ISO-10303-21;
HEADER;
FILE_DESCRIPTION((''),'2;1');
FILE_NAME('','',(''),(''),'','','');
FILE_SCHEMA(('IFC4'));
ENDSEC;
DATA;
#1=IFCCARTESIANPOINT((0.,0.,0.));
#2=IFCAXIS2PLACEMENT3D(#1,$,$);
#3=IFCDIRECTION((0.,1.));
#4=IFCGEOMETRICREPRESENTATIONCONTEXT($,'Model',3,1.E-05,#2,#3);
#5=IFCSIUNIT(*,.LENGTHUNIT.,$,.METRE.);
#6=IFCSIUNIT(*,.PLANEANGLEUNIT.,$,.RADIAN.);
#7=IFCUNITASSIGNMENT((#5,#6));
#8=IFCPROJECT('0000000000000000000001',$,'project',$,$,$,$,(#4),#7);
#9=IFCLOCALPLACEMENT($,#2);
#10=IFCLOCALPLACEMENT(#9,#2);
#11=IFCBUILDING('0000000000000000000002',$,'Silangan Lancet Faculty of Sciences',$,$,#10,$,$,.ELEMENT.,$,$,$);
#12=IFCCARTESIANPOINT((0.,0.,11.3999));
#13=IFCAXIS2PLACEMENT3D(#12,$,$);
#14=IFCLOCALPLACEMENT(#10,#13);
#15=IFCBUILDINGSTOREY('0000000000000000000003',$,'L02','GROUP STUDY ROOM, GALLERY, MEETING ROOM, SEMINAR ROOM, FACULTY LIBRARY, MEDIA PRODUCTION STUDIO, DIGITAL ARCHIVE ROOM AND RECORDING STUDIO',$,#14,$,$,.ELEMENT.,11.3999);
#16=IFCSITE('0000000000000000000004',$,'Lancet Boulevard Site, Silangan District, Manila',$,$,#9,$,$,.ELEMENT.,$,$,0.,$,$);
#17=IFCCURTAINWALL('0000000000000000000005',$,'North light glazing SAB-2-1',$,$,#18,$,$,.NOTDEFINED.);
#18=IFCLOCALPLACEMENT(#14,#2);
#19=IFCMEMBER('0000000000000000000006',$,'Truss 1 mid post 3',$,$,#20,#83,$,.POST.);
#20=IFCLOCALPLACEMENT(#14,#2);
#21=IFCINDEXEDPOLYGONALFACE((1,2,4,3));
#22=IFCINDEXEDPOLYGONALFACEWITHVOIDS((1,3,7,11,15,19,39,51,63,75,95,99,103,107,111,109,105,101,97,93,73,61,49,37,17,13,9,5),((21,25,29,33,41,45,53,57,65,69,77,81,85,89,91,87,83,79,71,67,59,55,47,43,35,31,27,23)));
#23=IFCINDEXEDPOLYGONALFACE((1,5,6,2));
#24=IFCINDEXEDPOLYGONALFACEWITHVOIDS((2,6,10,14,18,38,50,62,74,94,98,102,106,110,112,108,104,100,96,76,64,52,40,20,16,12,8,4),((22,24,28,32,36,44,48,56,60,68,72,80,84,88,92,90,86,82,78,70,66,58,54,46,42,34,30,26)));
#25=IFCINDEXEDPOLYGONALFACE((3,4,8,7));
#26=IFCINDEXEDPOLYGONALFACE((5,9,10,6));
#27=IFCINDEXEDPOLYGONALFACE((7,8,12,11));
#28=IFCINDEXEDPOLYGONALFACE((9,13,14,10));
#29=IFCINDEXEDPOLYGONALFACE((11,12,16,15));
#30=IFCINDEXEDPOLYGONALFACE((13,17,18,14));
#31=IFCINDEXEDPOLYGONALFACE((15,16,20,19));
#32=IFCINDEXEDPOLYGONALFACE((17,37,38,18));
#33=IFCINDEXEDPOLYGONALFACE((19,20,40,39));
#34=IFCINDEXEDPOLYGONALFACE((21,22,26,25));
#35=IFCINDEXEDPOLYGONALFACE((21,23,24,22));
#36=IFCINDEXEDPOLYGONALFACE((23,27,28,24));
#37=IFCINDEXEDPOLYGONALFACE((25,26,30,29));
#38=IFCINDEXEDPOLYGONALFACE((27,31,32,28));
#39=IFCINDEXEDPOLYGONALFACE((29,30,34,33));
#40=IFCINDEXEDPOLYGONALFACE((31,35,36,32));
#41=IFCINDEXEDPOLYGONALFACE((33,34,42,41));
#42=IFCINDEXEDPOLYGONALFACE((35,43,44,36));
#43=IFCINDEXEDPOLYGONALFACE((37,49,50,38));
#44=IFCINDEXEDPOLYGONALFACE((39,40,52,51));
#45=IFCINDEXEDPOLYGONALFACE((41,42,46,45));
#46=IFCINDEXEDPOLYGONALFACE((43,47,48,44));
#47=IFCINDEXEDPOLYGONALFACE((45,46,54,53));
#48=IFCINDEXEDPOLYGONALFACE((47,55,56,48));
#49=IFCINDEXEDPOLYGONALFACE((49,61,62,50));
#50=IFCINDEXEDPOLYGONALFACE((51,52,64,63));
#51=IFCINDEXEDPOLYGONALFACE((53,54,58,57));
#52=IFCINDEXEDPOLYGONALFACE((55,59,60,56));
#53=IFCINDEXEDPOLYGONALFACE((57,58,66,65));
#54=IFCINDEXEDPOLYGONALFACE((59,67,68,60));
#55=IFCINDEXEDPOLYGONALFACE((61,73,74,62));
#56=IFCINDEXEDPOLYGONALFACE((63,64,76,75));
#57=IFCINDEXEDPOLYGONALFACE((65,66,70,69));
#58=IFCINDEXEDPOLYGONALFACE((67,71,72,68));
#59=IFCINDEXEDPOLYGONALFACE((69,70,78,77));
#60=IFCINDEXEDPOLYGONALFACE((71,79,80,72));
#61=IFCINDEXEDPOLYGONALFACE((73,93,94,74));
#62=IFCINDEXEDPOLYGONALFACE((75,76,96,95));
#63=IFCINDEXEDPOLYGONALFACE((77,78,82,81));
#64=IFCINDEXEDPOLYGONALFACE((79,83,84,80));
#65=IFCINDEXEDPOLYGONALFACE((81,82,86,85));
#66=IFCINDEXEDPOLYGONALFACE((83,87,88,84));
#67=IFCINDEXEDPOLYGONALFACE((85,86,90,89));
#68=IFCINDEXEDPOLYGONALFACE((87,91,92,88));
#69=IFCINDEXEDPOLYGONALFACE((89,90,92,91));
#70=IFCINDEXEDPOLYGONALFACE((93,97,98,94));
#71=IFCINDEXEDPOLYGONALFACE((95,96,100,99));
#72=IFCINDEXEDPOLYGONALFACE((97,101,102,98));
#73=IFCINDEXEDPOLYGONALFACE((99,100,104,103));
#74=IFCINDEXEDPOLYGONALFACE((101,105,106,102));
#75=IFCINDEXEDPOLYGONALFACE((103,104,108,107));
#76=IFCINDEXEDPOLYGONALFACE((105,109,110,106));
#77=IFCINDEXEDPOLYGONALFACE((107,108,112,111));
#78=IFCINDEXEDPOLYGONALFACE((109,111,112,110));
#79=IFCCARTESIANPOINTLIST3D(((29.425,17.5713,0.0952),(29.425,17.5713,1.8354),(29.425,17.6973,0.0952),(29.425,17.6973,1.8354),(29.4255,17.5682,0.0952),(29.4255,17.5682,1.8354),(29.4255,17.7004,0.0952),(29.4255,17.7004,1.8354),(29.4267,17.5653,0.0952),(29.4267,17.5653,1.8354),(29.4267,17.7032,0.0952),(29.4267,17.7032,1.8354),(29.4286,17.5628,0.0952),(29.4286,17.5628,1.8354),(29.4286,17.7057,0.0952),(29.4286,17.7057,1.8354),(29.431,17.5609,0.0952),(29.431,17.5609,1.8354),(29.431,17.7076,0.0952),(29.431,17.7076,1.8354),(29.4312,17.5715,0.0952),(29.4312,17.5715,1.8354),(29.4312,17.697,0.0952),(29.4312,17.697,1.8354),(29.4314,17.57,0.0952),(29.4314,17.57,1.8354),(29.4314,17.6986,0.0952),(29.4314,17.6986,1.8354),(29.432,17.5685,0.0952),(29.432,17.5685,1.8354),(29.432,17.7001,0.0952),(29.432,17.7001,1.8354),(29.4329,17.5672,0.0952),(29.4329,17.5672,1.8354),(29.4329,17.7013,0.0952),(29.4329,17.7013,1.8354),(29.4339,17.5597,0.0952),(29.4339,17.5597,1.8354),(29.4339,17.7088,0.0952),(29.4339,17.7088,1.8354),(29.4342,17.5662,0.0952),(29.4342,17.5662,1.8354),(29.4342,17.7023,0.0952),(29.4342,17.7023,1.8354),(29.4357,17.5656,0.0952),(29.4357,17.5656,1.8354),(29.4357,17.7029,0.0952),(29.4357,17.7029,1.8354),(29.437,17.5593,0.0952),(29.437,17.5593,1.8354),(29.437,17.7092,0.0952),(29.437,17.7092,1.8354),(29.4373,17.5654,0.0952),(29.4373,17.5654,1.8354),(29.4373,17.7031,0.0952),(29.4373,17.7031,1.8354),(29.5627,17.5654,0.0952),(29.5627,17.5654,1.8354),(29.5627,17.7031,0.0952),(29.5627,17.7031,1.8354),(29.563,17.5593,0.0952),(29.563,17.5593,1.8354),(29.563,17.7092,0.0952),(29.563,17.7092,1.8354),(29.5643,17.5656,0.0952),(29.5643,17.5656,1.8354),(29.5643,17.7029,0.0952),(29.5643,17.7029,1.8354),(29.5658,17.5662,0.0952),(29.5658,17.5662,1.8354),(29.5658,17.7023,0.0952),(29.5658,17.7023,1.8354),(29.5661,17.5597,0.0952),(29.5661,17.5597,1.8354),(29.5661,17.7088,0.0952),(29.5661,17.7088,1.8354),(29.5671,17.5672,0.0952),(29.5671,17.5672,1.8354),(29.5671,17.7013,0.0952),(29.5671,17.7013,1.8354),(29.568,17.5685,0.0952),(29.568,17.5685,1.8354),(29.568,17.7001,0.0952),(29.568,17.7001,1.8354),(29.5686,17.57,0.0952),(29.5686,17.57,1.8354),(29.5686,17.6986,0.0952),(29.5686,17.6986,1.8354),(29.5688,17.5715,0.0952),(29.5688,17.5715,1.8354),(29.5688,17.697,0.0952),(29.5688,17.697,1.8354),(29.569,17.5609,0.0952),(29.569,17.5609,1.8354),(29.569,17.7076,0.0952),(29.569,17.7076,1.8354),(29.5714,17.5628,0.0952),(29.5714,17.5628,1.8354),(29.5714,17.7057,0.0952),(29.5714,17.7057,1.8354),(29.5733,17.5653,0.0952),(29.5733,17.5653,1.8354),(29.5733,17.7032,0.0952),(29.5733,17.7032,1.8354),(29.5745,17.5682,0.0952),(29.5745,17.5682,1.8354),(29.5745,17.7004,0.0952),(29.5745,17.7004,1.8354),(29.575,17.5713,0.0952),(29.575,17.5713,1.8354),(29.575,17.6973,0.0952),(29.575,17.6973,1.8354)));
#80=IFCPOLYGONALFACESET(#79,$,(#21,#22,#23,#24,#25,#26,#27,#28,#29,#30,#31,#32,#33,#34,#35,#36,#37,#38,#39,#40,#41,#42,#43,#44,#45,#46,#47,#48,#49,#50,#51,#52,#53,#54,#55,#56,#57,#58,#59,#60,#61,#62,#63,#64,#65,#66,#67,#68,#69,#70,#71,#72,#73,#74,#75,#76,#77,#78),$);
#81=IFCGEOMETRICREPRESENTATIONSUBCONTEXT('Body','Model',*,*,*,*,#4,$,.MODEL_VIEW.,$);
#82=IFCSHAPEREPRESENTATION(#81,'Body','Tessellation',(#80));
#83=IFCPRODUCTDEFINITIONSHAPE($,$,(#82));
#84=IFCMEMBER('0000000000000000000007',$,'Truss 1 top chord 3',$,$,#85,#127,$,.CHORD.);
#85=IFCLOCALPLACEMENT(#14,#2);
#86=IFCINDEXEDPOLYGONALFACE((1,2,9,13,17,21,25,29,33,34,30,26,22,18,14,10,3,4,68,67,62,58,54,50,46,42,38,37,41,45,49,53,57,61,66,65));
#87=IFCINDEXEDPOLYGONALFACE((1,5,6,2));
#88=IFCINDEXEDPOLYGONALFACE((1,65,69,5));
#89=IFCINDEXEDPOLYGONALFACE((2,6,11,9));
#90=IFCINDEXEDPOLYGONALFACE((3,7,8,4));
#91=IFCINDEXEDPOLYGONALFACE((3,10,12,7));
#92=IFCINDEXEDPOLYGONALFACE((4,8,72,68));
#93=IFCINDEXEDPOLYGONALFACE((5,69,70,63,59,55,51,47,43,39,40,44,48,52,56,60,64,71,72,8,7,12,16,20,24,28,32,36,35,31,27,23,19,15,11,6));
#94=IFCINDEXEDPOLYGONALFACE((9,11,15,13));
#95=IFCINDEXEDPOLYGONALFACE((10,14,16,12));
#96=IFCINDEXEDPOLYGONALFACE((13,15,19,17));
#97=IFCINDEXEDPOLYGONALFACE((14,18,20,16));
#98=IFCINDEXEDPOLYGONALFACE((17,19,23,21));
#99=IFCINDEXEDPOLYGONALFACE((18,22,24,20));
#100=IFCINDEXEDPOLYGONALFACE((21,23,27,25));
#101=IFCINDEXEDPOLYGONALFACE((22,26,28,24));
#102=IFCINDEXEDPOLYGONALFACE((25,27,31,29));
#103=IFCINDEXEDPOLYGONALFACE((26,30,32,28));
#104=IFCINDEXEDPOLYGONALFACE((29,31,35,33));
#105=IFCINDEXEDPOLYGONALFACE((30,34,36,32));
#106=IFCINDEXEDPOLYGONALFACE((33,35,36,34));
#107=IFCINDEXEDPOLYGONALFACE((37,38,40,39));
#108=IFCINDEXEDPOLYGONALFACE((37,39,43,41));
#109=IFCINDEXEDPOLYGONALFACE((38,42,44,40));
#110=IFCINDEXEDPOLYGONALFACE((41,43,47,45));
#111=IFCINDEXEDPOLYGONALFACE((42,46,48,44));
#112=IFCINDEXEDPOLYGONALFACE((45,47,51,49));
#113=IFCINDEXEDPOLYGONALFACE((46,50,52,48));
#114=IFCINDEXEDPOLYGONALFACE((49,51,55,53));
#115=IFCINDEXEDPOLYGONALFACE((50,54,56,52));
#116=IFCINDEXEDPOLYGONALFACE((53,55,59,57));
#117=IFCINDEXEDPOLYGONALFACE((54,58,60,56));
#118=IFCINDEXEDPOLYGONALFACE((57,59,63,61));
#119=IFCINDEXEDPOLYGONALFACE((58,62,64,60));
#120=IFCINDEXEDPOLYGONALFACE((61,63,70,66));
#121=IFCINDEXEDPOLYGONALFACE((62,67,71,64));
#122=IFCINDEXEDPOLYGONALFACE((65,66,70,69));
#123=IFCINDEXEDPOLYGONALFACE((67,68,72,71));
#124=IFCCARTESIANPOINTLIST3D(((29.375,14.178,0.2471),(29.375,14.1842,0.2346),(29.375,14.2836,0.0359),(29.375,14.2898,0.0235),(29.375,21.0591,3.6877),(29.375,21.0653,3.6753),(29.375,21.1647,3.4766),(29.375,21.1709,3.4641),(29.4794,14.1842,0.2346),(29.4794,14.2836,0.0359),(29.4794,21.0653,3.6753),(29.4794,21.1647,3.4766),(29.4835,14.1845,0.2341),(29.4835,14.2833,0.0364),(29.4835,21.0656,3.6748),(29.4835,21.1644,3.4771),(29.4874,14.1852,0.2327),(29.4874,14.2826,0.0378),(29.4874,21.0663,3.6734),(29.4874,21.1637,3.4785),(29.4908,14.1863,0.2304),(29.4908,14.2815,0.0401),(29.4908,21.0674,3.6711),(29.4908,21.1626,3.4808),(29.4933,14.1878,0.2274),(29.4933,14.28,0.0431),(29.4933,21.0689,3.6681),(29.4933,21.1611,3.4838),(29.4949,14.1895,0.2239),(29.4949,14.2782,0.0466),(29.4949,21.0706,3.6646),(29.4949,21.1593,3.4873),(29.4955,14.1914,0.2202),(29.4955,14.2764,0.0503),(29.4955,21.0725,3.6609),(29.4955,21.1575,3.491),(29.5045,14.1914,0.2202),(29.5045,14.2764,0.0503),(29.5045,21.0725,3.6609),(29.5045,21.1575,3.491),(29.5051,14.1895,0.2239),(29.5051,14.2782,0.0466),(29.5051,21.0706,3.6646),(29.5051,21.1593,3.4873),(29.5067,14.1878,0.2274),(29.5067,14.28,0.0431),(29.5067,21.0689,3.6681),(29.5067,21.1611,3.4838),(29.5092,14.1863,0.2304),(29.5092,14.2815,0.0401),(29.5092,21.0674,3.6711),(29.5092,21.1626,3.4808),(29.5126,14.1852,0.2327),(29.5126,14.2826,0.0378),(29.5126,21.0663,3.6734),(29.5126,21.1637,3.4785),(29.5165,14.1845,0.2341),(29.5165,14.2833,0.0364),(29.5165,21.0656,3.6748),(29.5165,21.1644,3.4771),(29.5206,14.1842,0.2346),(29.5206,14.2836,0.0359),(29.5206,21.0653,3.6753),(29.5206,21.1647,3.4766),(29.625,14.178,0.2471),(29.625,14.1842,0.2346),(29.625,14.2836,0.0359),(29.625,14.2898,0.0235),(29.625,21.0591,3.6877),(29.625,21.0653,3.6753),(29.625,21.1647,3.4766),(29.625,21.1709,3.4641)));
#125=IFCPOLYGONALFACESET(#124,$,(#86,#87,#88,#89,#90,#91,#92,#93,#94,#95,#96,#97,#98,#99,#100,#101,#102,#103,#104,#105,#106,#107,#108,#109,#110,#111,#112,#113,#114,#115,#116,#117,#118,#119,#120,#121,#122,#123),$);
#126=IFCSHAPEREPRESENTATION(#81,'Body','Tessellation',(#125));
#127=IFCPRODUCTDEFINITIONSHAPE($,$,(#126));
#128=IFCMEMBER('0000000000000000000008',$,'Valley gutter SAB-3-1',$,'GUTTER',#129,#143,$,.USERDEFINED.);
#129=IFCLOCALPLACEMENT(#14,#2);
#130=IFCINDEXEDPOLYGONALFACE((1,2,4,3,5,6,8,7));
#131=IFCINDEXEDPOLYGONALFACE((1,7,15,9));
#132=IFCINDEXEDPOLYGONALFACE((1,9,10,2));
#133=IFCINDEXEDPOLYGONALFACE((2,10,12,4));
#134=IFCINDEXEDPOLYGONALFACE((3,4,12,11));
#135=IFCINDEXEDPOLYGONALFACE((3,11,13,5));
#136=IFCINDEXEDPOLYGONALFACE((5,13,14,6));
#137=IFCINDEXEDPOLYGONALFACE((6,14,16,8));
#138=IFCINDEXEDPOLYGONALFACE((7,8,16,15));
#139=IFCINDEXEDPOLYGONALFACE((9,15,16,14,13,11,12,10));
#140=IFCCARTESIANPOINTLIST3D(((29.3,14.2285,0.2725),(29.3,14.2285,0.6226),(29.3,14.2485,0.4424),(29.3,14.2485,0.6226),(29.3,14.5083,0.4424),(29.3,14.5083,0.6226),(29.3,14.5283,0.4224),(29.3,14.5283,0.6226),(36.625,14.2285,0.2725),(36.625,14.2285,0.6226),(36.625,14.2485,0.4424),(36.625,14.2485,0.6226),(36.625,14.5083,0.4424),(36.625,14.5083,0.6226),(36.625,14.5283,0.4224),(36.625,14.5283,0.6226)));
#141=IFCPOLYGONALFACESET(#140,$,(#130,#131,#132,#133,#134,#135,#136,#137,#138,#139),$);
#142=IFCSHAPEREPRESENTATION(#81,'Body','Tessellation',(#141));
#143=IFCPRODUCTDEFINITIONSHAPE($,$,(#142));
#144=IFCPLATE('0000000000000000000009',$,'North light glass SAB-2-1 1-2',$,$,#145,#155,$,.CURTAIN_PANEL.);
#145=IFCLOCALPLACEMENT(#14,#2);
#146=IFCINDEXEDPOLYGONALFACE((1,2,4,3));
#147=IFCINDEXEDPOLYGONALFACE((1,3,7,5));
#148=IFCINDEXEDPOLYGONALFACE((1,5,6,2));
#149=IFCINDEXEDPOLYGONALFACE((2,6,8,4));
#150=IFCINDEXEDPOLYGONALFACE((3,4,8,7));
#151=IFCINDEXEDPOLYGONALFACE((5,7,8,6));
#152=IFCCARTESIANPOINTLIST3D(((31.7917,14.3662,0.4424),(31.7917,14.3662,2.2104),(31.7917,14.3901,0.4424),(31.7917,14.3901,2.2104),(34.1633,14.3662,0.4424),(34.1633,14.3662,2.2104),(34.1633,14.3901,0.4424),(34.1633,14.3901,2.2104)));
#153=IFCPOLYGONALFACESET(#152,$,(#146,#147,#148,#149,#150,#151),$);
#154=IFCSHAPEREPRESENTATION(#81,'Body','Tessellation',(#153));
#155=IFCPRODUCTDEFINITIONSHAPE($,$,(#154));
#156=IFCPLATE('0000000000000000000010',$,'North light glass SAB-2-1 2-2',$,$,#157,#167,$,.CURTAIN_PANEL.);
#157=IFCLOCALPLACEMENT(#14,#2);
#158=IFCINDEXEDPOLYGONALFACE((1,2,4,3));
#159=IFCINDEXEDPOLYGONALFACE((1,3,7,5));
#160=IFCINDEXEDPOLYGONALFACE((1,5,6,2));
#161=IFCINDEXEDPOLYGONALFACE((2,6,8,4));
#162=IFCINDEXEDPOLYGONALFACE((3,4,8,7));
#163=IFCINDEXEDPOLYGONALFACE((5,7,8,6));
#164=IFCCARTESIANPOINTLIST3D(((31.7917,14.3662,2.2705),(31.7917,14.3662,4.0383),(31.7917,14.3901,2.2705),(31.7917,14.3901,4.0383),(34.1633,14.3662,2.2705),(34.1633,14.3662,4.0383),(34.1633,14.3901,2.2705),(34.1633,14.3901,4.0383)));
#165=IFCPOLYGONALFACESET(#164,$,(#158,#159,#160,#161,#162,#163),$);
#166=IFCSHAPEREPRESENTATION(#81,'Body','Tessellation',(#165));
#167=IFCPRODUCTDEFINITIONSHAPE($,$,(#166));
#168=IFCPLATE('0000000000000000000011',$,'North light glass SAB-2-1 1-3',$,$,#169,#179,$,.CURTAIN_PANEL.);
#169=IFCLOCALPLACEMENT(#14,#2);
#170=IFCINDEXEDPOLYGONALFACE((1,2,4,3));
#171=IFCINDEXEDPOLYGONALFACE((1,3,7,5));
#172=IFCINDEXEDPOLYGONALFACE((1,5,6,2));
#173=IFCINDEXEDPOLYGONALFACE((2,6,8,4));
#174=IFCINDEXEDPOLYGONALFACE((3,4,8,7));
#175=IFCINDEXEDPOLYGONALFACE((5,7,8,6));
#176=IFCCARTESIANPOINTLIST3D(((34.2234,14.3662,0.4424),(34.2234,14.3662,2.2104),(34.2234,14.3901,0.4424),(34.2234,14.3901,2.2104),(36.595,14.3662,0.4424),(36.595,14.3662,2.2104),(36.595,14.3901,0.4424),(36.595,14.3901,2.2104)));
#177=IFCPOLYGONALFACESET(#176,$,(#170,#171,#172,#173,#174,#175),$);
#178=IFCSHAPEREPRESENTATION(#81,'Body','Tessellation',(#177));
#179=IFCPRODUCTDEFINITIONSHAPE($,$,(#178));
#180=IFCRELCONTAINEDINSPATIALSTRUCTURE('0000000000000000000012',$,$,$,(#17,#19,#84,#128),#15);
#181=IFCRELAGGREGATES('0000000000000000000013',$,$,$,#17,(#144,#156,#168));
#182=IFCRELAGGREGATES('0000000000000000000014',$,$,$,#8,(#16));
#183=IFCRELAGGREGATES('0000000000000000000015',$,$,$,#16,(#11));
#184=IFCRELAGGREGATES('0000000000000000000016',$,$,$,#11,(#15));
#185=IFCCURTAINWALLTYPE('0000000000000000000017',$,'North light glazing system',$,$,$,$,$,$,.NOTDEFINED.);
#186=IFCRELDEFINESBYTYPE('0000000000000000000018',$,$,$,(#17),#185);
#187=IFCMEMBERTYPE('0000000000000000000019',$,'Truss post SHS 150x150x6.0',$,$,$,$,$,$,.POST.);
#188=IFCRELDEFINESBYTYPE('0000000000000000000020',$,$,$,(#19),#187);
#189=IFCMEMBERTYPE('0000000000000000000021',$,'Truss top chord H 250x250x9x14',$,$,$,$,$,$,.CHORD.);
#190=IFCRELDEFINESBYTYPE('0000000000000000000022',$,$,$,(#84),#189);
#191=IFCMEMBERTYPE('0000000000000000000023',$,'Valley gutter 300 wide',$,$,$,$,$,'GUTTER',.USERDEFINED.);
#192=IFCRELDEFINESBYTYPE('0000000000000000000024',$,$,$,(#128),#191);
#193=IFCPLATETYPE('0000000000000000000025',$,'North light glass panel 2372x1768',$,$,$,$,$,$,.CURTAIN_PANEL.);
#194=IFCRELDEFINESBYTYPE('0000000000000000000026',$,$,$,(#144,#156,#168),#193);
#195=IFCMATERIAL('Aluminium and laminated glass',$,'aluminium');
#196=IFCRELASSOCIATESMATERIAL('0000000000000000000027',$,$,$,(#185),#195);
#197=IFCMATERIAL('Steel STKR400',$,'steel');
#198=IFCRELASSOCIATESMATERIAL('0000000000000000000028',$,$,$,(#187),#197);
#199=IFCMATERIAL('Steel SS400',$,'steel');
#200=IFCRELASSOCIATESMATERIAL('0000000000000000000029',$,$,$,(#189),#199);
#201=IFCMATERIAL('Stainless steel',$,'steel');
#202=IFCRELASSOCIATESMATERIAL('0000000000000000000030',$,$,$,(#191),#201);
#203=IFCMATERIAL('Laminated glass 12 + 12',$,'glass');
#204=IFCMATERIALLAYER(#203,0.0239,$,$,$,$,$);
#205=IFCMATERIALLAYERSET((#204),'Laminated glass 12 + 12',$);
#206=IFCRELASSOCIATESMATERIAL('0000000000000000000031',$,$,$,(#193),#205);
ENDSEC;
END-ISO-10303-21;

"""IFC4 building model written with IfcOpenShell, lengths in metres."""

from ifc_helpers import new_model, si_unit, direction, frame, origin, origin_2d, place, context, subcontext, project, spatial, polyline, hollow_rectangle, i_section, outline, extrude, material, layer, layer_set, material_profile, profile_set, type_object, element, aggregate, save


model = new_model("IFC4")

# Units and contexts
model_context = context("Model", 3, precision=1e-05, world=origin(), true_north=direction((0.0, 1.0)))
body_context = subcontext(model_context, "Body", "Model", "MODEL_VIEW")
ifc_project = project(units=[si_unit("LENGTHUNIT", "METRE"), si_unit("PLANEANGLEUNIT", "RADIAN")], contexts=[model_context])

# Site, building, storey
site_placement = place(None, origin())
site = spatial("IfcSite", under=ifc_project, at=site_placement, Name="Lancet Boulevard Site, Silangan District, Manila", CompositionType="ELEMENT", RefElevation=0.0)
building_placement = place(site_placement, origin())
building = spatial("IfcBuilding", under=site, at=building_placement, Name="Silangan Lancet Faculty of Sciences", CompositionType="ELEMENT")
storey_placement = place(building_placement, frame((0.0, 0.0, 11.3999)))
storey = spatial("IfcBuildingStorey", under=building, at=storey_placement, Name="L02", Description="GROUP STUDY ROOM, GALLERY, MEETING ROOM, SEMINAR ROOM, FACULTY LIBRARY, MEDIA PRODUCTION STUDIO, DIGITAL ARCHIVE ROOM AND RECORDING STUDIO", CompositionType="ELEMENT", Elevation=11.3999)

# Curtain wall
ifc_material_1 = material(Name="Aluminium and laminated glass", Category="aluminium")
curtain_wall_type = type_object("IfcCurtainWallType", Name="North light glazing system", PredefinedType="NOTDEFINED", material=ifc_material_1)
curtain_wall_placement = place(storey_placement, origin())
curtain_wall = element("IfcCurtainWall", 1, at=curtain_wall_placement, inside=storey, type_object=curtain_wall_type, Name="North light glazing SAB-2-1", PredefinedType="NOTDEFINED")

# Members
ifc_material_2 = material(Name="Steel STKR400", Category="steel")
ifc_material_profile_1 = material_profile(ifc_material_2, hollow_rectangle(XDim=0.1499, YDim=0.1499, WallThickness=0.0061, InnerFilletRadius=0.0061, OuterFilletRadius=0.012, at=origin_2d()), Name="SHS 150x150x6.0")
ifc_profile_set_1 = profile_set([ifc_material_profile_1], Name="Steel STKR400")
member_type_1 = type_object("IfcMemberType", Name="Truss post SHS 150x150x6.0", PredefinedType="POST", material=ifc_profile_set_1)
member_1_placement = place(storey_placement, frame((29.5, 17.6343, 0.0952), z_axis=(0.0, 0.0, 1.0), x_axis=(1.0, 0.0, 0.0)))
element("IfcMember", 2, at=member_1_placement, inside=storey, type_object=member_type_1, Name="Truss 1 mid post 3", PredefinedType="POST", context=body_context, shape_type="SweptSolid", body=[
    extrude(hollow_rectangle(XDim=0.1499, YDim=0.1499, WallThickness=0.0061, InnerFilletRadius=0.0061, OuterFilletRadius=0.012, at=origin_2d()), origin(), (0.0, 0.0, 1.0), 1.7402),
])
ifc_material_3 = material(Name="Steel SS400", Category="steel")
ifc_material_profile_2 = material_profile(ifc_material_3, i_section(OverallWidth=0.25, OverallDepth=0.25, WebThickness=0.009, FlangeThickness=0.0139, FilletRadius=0.0161, at=origin_2d()), Name="H 250x250x9x14")
ifc_profile_set_2 = profile_set([ifc_material_profile_2], Name="Steel SS400")
member_type_2 = type_object("IfcMemberType", Name="Truss top chord H 250x250x9x14", PredefinedType="CHORD", material=ifc_profile_set_2)
member_2_placement = place(storey_placement, frame((29.5, 14.2339, 0.1353), z_axis=(0.0, 0.894421, 0.447226), x_axis=(-1.0, 0.0, 0.0)))
element("IfcMember", 3, at=member_2_placement, inside=storey, type_object=member_type_2, Name="Truss 1 top chord 3", PredefinedType="CHORD", context=body_context, shape_type="SweptSolid", body=[
    extrude(i_section(OverallWidth=0.25, OverallDepth=0.25, WebThickness=0.009, FlangeThickness=0.0139, FilletRadius=0.0161, at=origin_2d()), origin(), (0.0, 0.0, 1.0), 7.6934),
])
ifc_material_4 = material(Name="Stainless steel", Category="steel")
ifc_material_profile_3 = material_profile(ifc_material_4, outline(polyline([(-0.1499, 0.0), (0.1499, 0.1499), (0.1499, 0.3501), (0.1299, 0.3501), (0.1299, 0.1699), (-0.1299, 0.1699), (-0.1299, 0.3501), (-0.1499, 0.3501), (-0.1499, 0.0)])), Name="valley gutter")
ifc_profile_set_3 = profile_set([ifc_material_profile_3], Name="Stainless steel")
member_type_3 = type_object("IfcMemberType", Name="Valley gutter 300 wide", ElementType="GUTTER", PredefinedType="USERDEFINED", material=ifc_profile_set_3)
member_3_placement = place(storey_placement, frame((29.3, 14.3784, 0.2725), z_axis=(1.0, 0.0, 0.0), x_axis=(0.0, 1.0, 0.0)))
element("IfcMember", 4, at=member_3_placement, inside=storey, type_object=member_type_3, Name="Valley gutter SAB-3-1", ObjectType="GUTTER", PredefinedType="USERDEFINED", context=body_context, shape_type="SweptSolid", body=[
    extrude(outline(polyline([(-0.1499, 0.0), (0.1499, 0.1499), (0.1499, 0.3501), (0.1299, 0.3501), (0.1299, 0.1699), (-0.1299, 0.1699), (-0.1299, 0.3501), (-0.1499, 0.3501), (-0.1499, 0.0)])), origin(), (0.0, 0.0, 1.0), 7.325),
])

# Plates
ifc_material_5 = material(Name="Laminated glass 12 + 12", Category="glass")
ifc_layer_1 = layer(ifc_material_5, 0.0239)
ifc_layer_set_1 = layer_set([ifc_layer_1], Name="Laminated glass 12 + 12")
plate_type_1 = type_object("IfcPlateType", Name="North light glass panel 2372x1768", PredefinedType="CURTAIN_PANEL", material=ifc_layer_set_1)
plate_1_placement = place(storey_placement, frame((31.7917, 14.3662, 0.4424), z_axis=(0.0, -1.0, 0.0), x_axis=(1.0, 0.0, 0.0)))
plate_1 = element("IfcPlate", 5, at=plate_1_placement, type_object=plate_type_1, Name="North light glass SAB-2-1 1-2", PredefinedType="CURTAIN_PANEL", context=body_context, shape_type="SweptSolid", body=[
    extrude(outline(polyline([(0.0, 0.0), (2.3716, 0.0), (2.3716, 1.7681), (0.0, 1.7681), (0.0, 0.0)])), origin(), (0.0, 0.0, -1.0), 0.0239),
])
plate_2_placement = place(storey_placement, frame((31.7917, 14.3662, 2.2705), z_axis=(0.0, -1.0, 0.0), x_axis=(1.0, 0.0, 0.0)))
plate_2 = element("IfcPlate", 6, at=plate_2_placement, type_object=plate_type_1, Name="North light glass SAB-2-1 2-2", PredefinedType="CURTAIN_PANEL", context=body_context, shape_type="SweptSolid", body=[
    extrude(outline(polyline([(0.0, 0.0), (2.3716, 0.0), (2.3716, 1.7678), (0.0, 1.7678), (0.0, 0.0)])), origin(), (0.0, 0.0, -1.0), 0.0239),
])
plate_3_placement = place(storey_placement, frame((34.2234, 14.3662, 0.4424), z_axis=(0.0, -1.0, 0.0), x_axis=(1.0, 0.0, 0.0)))
plate_3 = element("IfcPlate", 7, at=plate_3_placement, type_object=plate_type_1, Name="North light glass SAB-2-1 1-3", PredefinedType="CURTAIN_PANEL", context=body_context, shape_type="SweptSolid", body=[
    extrude(outline(polyline([(0.0, 0.0), (2.3716, 0.0), (2.3716, 1.7681), (0.0, 1.7681), (0.0, 0.0)])), origin(), (0.0, 0.0, -1.0), 0.0239),
])
aggregate(curtain_wall, [plate_1, plate_2, plate_3])

save(model, "model.ifc")
